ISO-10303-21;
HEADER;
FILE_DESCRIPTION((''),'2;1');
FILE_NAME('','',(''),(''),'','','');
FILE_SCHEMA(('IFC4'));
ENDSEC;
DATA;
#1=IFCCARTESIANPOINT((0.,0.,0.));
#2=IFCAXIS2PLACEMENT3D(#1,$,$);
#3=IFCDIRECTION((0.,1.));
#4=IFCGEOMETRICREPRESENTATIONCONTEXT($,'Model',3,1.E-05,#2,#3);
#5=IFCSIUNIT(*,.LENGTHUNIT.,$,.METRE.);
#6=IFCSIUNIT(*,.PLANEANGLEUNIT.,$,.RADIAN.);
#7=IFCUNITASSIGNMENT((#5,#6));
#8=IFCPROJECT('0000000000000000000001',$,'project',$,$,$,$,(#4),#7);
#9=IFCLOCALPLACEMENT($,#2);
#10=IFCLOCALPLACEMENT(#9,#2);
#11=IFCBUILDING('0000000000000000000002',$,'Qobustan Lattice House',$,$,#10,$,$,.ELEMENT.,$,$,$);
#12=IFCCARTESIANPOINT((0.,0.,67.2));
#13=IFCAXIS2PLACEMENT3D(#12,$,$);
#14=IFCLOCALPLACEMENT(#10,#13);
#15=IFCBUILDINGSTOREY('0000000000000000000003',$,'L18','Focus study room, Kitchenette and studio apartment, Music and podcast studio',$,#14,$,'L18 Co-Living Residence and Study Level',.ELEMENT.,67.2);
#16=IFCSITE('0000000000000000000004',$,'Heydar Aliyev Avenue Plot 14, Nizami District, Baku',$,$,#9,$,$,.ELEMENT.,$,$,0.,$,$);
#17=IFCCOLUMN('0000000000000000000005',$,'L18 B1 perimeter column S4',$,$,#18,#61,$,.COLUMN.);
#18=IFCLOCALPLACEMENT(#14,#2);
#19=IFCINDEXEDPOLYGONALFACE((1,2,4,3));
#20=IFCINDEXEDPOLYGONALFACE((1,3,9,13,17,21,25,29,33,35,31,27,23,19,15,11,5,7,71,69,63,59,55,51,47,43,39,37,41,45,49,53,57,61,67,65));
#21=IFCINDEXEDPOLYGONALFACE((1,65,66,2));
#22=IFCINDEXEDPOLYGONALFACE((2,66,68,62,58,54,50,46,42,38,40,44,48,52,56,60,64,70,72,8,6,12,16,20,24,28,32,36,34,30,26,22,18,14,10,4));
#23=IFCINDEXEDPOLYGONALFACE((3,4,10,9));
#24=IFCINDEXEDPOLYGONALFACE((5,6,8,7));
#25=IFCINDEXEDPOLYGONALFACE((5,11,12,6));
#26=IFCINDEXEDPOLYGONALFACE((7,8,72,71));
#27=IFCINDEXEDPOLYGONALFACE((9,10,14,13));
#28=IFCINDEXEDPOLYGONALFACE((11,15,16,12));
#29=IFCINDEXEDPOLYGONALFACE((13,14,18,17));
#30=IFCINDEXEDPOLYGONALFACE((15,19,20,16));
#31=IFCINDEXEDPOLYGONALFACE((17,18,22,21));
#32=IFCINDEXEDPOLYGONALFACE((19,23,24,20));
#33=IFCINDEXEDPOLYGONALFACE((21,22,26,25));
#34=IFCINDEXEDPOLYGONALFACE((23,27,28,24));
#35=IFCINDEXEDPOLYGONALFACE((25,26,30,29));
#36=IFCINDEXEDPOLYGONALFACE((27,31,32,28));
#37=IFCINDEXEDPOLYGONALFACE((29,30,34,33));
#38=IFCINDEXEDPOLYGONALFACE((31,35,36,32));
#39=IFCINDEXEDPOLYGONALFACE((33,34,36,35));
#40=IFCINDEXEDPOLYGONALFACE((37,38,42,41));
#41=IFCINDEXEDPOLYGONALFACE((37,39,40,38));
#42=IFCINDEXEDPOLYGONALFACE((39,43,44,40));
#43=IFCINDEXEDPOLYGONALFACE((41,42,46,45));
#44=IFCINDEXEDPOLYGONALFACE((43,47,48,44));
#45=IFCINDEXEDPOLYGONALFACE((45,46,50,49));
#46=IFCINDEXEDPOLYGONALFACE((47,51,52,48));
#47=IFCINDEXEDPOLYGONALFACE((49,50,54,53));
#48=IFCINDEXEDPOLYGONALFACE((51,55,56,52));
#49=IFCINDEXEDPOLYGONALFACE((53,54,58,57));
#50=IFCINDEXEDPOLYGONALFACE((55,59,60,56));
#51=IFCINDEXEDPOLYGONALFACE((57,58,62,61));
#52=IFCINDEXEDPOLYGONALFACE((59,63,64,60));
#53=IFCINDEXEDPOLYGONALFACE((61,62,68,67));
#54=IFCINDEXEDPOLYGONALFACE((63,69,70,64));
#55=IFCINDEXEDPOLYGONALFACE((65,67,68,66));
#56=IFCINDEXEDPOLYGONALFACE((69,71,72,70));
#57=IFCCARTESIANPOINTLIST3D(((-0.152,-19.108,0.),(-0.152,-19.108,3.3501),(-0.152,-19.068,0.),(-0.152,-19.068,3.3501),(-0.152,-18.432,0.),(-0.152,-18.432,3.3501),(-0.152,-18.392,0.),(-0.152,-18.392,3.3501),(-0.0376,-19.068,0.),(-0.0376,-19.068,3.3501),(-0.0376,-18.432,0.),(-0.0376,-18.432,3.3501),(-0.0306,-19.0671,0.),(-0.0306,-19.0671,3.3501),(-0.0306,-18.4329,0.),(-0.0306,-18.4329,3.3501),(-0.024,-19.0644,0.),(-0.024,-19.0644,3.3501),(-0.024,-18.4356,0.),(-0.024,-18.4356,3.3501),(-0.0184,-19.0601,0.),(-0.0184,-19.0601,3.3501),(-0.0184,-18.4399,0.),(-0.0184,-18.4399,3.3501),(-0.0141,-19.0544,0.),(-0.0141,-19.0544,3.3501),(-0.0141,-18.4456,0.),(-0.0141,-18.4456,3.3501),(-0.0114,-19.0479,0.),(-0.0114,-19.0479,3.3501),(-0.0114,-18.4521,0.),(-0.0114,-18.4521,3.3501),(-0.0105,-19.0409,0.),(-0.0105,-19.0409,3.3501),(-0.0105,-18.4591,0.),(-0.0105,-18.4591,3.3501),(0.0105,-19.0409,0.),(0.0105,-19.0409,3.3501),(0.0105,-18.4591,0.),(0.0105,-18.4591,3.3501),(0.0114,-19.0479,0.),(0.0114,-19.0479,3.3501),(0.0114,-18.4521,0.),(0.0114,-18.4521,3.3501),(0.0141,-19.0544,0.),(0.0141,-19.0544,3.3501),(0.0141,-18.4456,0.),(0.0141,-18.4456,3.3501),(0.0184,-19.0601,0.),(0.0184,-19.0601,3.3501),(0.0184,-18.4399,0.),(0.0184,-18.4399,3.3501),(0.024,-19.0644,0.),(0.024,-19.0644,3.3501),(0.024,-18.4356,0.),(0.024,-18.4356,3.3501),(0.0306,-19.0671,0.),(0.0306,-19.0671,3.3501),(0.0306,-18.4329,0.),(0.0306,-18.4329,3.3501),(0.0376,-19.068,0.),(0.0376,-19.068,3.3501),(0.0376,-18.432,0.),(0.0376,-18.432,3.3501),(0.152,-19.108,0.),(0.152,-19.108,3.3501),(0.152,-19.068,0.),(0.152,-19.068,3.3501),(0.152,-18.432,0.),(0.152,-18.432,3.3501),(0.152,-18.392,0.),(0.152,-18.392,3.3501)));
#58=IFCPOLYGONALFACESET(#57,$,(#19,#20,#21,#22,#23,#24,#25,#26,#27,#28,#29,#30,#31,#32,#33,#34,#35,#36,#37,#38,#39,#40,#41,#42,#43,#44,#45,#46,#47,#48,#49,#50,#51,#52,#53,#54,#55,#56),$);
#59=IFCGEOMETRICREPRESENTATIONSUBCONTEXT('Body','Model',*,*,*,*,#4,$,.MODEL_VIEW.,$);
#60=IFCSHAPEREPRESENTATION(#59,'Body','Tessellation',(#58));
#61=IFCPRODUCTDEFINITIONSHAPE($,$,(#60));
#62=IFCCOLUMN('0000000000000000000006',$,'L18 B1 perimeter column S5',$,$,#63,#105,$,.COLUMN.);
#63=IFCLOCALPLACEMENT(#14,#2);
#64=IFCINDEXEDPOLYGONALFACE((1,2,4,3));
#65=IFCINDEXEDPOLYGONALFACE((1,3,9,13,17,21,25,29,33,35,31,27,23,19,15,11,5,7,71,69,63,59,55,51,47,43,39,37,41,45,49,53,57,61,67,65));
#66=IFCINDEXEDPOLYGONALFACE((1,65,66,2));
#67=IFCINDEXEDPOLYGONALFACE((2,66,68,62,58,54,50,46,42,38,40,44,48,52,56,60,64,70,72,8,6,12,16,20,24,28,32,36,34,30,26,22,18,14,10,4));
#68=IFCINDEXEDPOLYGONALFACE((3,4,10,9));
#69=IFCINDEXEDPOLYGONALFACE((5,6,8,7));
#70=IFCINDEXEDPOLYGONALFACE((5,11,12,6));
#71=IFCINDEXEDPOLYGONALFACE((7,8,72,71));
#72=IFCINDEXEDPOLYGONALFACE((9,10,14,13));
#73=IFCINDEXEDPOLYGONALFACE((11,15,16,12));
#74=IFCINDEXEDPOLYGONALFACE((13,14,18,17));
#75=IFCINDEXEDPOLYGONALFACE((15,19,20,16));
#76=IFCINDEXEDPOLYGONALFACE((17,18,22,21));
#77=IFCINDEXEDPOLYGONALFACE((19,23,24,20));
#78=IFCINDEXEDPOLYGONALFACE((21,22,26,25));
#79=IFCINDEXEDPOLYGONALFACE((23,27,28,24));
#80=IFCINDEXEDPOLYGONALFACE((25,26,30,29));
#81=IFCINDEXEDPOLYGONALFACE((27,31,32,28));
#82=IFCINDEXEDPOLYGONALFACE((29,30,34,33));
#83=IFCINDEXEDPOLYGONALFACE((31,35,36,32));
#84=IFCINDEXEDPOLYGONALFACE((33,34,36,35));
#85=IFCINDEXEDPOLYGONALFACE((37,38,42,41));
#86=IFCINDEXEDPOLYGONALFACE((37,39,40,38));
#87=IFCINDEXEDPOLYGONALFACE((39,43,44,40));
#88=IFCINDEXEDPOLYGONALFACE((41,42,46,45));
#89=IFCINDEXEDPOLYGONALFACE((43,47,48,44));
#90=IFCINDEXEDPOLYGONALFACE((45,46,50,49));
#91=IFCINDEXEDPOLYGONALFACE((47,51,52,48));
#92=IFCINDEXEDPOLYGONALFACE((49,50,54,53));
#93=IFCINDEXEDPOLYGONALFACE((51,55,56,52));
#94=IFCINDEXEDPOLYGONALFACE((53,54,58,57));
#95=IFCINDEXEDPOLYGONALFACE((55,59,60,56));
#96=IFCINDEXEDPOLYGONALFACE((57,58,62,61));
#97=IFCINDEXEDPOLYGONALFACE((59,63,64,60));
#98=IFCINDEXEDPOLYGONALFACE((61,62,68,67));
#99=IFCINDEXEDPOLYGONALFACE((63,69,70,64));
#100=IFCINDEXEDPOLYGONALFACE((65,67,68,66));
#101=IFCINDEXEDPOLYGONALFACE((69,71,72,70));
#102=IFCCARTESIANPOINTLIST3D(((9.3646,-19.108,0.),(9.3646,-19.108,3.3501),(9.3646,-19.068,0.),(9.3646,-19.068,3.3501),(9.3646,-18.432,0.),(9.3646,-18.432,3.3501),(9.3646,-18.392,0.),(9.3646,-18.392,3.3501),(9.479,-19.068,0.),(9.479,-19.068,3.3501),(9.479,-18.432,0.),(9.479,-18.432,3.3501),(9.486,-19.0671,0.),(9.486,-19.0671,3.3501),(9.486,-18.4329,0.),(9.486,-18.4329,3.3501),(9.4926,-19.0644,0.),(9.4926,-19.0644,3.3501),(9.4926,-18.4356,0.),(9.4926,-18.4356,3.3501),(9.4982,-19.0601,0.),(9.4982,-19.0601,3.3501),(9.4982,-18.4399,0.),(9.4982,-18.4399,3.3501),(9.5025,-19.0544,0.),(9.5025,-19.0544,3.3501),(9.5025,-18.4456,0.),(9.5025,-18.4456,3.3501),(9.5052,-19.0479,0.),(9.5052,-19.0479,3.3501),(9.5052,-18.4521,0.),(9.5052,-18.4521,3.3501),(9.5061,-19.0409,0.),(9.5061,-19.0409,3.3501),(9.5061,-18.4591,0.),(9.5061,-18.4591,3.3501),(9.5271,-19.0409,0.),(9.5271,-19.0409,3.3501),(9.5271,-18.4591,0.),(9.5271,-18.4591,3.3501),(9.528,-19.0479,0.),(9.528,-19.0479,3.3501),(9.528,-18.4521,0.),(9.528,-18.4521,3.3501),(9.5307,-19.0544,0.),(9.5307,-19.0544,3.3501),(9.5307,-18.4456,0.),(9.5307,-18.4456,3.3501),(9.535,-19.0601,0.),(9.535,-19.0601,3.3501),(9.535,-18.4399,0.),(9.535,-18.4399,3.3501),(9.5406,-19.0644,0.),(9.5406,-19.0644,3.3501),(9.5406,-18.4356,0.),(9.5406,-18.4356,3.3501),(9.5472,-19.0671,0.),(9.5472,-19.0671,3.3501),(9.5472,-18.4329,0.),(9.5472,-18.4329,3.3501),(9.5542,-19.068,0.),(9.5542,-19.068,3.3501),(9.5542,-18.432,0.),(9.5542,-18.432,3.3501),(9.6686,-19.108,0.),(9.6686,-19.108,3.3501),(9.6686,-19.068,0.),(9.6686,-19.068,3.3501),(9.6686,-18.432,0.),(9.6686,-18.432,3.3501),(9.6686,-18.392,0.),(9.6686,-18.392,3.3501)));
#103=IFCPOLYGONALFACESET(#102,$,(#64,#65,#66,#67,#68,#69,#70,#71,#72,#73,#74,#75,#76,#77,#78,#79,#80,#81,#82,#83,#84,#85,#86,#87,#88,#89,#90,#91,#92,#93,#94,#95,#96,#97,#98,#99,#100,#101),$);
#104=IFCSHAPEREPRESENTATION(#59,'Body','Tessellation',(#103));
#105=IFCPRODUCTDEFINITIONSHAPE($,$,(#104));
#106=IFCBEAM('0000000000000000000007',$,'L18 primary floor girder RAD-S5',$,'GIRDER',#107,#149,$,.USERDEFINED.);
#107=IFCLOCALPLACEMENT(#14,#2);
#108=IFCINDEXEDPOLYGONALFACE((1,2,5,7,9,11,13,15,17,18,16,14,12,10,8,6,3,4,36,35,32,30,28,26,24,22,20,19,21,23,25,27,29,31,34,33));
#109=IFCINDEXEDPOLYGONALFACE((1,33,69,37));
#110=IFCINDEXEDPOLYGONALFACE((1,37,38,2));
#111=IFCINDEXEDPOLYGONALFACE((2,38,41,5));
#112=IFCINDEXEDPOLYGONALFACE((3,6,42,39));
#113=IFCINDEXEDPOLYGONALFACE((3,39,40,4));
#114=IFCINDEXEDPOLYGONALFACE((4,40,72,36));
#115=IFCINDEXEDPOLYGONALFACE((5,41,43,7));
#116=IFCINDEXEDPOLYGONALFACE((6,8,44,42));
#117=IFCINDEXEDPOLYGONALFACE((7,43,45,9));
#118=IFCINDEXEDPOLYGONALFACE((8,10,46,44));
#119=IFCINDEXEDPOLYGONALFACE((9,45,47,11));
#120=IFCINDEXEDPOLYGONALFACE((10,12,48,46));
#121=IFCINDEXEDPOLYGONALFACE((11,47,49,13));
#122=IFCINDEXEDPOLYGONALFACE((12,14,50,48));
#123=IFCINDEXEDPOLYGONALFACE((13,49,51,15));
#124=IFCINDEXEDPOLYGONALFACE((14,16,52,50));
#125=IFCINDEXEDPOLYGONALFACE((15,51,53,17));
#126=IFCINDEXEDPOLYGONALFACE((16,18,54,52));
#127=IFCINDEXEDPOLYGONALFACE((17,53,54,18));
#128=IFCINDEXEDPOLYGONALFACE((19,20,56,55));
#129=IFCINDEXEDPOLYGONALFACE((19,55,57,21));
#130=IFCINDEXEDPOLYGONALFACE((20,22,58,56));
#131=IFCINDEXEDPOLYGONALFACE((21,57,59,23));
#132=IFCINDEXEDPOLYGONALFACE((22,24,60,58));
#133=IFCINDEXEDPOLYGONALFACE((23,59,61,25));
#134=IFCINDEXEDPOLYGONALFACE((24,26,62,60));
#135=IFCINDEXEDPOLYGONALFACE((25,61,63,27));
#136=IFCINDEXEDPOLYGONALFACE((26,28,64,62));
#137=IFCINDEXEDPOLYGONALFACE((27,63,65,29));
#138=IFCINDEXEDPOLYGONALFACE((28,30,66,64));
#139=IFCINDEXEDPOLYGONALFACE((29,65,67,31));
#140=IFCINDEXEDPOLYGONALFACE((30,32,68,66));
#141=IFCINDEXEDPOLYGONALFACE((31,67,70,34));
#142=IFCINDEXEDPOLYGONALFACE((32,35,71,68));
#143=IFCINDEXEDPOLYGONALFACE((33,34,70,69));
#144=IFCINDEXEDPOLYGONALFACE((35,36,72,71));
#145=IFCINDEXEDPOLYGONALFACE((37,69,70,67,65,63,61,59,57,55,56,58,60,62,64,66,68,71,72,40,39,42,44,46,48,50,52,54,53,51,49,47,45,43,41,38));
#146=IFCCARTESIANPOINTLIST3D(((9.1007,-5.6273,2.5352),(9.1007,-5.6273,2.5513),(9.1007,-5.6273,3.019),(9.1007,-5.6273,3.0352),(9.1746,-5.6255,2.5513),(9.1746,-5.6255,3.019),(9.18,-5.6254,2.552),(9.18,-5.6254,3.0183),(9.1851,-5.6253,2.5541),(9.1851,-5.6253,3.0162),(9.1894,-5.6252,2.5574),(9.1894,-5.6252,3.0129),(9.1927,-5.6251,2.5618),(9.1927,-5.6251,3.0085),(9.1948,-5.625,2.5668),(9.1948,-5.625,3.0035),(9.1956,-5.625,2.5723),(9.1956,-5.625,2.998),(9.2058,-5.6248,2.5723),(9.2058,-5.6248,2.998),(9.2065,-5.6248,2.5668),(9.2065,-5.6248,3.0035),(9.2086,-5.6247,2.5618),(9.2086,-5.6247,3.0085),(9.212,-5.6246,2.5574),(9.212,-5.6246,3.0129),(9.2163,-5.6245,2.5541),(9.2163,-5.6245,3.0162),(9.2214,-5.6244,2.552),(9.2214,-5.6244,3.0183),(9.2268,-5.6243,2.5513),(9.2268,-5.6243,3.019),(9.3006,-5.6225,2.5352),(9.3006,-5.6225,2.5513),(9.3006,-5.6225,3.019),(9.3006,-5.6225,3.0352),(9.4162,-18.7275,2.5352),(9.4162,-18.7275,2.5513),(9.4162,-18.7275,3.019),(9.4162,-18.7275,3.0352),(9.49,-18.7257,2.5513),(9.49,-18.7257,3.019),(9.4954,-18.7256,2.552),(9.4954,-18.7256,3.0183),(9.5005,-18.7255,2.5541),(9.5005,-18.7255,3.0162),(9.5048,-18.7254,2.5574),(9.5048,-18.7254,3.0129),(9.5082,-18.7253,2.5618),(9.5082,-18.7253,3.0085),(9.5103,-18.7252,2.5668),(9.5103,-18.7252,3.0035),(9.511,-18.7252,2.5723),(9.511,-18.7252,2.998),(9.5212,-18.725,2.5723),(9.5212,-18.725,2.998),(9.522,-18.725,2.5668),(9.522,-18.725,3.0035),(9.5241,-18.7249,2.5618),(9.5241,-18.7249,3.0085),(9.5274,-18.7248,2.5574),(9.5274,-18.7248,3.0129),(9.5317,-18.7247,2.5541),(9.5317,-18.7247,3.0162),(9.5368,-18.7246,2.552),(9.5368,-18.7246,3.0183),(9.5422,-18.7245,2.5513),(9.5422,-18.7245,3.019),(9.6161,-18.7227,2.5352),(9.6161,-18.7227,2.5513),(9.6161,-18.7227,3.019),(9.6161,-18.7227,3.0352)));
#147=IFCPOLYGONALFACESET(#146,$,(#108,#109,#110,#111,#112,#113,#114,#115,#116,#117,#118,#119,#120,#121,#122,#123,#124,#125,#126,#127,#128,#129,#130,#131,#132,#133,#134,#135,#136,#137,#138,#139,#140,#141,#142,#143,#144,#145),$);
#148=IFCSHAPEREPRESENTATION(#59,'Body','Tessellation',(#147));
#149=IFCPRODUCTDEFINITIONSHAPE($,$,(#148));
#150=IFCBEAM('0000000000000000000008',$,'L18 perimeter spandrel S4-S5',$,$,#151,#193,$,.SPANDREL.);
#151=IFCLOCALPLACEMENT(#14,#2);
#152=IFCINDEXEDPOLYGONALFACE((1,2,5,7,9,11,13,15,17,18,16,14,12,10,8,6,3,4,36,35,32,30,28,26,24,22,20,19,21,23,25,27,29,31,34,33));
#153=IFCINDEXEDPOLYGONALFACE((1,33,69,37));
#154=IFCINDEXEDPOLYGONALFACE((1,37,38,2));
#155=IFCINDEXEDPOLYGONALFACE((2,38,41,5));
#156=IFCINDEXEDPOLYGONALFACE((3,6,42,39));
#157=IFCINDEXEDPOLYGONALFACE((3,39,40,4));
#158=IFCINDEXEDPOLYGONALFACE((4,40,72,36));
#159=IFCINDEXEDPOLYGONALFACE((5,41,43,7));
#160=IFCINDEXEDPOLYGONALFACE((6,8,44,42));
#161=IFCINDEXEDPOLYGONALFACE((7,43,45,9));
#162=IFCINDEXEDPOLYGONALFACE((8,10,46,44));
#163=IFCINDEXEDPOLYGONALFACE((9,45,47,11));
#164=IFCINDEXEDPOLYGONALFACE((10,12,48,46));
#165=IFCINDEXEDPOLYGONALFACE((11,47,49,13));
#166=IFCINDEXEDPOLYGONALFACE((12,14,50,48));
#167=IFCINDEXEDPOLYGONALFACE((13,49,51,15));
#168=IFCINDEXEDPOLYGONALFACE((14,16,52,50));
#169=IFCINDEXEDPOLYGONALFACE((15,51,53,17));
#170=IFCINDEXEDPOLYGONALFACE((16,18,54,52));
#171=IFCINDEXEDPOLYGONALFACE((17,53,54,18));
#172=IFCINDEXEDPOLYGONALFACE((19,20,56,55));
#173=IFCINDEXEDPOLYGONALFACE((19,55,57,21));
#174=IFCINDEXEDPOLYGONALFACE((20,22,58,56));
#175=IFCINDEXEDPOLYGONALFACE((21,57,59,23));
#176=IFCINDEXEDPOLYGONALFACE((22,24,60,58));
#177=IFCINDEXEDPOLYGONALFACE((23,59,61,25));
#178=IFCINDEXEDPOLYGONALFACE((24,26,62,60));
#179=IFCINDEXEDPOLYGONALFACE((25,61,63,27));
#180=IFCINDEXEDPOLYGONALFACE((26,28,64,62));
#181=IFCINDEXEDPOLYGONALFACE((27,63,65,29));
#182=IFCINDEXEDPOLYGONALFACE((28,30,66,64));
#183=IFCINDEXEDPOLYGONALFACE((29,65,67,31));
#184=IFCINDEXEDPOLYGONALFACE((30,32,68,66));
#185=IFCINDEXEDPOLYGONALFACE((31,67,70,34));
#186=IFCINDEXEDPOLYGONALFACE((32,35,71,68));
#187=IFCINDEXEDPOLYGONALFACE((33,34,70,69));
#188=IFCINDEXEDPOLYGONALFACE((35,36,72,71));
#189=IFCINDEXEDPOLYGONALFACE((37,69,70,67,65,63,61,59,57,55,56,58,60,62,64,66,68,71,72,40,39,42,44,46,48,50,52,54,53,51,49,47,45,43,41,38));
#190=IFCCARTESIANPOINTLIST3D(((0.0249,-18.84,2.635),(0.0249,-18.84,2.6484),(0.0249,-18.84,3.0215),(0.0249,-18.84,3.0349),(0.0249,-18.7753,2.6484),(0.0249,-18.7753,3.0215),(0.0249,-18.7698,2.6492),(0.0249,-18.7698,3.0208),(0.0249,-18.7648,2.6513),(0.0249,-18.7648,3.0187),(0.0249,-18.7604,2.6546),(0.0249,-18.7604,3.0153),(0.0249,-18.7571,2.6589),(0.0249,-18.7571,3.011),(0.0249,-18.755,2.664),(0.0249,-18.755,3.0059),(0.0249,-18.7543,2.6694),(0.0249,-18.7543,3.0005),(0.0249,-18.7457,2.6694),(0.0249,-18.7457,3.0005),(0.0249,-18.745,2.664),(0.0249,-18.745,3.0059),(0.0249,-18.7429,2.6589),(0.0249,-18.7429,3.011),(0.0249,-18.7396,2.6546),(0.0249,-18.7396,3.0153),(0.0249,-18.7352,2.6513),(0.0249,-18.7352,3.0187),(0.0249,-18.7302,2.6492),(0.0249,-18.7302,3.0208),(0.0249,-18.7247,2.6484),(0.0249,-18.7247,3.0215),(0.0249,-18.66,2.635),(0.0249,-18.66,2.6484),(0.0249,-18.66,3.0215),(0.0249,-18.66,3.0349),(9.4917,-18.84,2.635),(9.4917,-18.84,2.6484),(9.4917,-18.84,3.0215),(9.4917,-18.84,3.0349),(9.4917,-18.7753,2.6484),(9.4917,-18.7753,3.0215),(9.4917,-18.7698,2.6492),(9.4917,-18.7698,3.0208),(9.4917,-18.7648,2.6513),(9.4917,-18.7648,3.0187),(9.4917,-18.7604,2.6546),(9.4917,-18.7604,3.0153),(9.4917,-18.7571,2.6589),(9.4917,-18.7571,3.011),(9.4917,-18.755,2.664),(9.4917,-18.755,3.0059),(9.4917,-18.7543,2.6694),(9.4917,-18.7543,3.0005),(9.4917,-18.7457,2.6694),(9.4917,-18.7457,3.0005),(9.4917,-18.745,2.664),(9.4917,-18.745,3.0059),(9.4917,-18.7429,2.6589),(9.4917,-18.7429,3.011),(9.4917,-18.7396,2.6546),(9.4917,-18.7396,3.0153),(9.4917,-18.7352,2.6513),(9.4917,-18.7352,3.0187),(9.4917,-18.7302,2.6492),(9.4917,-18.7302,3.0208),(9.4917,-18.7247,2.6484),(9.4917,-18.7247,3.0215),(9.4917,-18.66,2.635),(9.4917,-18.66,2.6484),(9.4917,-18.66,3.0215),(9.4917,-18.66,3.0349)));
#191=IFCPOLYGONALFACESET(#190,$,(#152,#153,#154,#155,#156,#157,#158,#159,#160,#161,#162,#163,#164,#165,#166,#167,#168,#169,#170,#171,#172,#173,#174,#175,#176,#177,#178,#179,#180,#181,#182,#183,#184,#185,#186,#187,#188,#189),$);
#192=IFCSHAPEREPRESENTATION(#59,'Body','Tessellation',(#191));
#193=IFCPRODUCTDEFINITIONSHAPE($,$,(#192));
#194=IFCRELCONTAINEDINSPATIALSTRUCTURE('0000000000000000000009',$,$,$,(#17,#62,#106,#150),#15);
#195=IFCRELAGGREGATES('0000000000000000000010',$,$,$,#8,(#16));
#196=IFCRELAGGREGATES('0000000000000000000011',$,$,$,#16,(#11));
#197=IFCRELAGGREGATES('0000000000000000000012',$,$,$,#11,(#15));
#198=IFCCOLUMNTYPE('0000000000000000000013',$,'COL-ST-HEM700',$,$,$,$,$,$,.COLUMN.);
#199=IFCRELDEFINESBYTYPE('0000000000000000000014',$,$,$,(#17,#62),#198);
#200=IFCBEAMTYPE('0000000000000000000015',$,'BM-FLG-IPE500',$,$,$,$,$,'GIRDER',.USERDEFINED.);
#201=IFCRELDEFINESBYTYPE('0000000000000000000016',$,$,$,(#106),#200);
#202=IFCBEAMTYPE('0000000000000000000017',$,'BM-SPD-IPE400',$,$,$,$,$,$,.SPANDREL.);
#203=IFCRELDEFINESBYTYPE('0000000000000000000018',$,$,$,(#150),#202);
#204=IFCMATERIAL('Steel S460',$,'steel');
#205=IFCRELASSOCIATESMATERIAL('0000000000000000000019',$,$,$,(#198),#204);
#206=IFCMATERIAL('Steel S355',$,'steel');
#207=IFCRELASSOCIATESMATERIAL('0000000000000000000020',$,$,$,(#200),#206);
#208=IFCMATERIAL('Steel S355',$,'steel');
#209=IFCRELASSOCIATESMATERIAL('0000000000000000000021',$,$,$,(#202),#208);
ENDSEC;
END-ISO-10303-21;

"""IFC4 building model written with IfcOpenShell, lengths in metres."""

from ifc_helpers import new_model, si_unit, direction, frame, origin, origin_2d, place, context, subcontext, project, spatial, i_section, extrude, material, material_profile, profile_set, type_object, element, save


model = new_model("IFC4")

# Units and contexts
model_context = context("Model", 3, precision=1e-05, world=origin(), true_north=direction((0.0, 1.0)))
body_context = subcontext(model_context, "Body", "Model", "MODEL_VIEW")
ifc_project = project(units=[si_unit("LENGTHUNIT", "METRE"), si_unit("PLANEANGLEUNIT", "RADIAN")], contexts=[model_context])

# Site, building, storey
site_placement = place(None, origin())
site = spatial("IfcSite", under=ifc_project, at=site_placement, Name="Heydar Aliyev Avenue Plot 14, Nizami District, Baku", CompositionType="ELEMENT", RefElevation=0.0)
building_placement = place(site_placement, origin())
building = spatial("IfcBuilding", under=site, at=building_placement, Name="Qobustan Lattice House", CompositionType="ELEMENT")
storey_placement = place(building_placement, frame((0.0, 0.0, 67.2)))
storey = spatial("IfcBuildingStorey", under=building, at=storey_placement, Name="L18", Description="Focus study room, Kitchenette and studio apartment, Music and podcast studio", LongName="L18 Co-Living Residence and Study Level", CompositionType="ELEMENT", Elevation=67.2)

# Columns
ifc_material_1 = material(Name="Steel S460", Category="steel")
ifc_material_profile_1 = material_profile(ifc_material_1, i_section(OverallWidth=0.304, OverallDepth=0.7161, WebThickness=0.021, FlangeThickness=0.04, FilletRadius=0.0271, at=origin_2d()), Name="HEM700")
ifc_profile_set_1 = profile_set([ifc_material_profile_1], Name="Steel S460")
column_type = type_object("IfcColumnType", Name="COL-ST-HEM700", PredefinedType="COLUMN", material=ifc_profile_set_1)
for number, where, z_axis, x_axis, name in (
    (1, (0.0, -18.75, 0.0), (0.0, 0.0, 1.0), (1.0, 0.0, 0.0), "L18 B1 perimeter column S4"),
    (2, (9.5166, -18.75, 0.0), (0.0, 0.0, 1.0), (1.0, 0.0, 0.0), "L18 B1 perimeter column S5"),
):
    element("IfcColumn", number, at=place(storey_placement, frame(where, z_axis=z_axis, x_axis=x_axis)), inside=storey, type_object=column_type, Name=name, PredefinedType="COLUMN", context=body_context, shape_type="SweptSolid", body=[
        extrude(i_section(OverallWidth=0.304, OverallDepth=0.7161, WebThickness=0.021, FlangeThickness=0.04, FilletRadius=0.0271, at=origin_2d()), origin(), (0.0, 0.0, 1.0), 3.3501),
    ])

# Beams
ifc_material_2 = material(Name="Steel S355", Category="steel")
ifc_material_profile_2 = material_profile(ifc_material_2, i_section(OverallWidth=0.2, OverallDepth=0.5, WebThickness=0.0103, FlangeThickness=0.0161, FilletRadius=0.021, at=origin_2d()), Name="IPE500")
ifc_profile_set_2 = profile_set([ifc_material_profile_2], Name="Steel S355")
beam_type_1 = type_object("IfcBeamType", Name="BM-FLG-IPE500", ElementType="GIRDER", PredefinedType="USERDEFINED", material=ifc_profile_set_2)
beam_1_placement = place(storey_placement, frame((9.5161, -18.7251, 2.7852), z_axis=(-0.024071, 0.99971, 0.0), x_axis=(-0.99971, -0.024071, 0.0)))
element("IfcBeam", 3, at=beam_1_placement, inside=storey, type_object=beam_type_1, Name="L18 primary floor girder RAD-S5", ObjectType="GIRDER", PredefinedType="USERDEFINED", context=body_context, shape_type="SweptSolid", body=[
    extrude(i_section(OverallWidth=0.2, OverallDepth=0.5, WebThickness=0.0103, FlangeThickness=0.0161, FilletRadius=0.021, at=origin_2d()), origin(), (0.0, 0.0, 1.0), 13.104),
])
ifc_material_3 = material(Name="Steel S355", Category="steel")
ifc_material_profile_3 = material_profile(ifc_material_3, i_section(OverallWidth=0.1799, OverallDepth=0.3999, WebThickness=0.0085, FlangeThickness=0.0134, FilletRadius=0.021, at=origin_2d()), Name="IPE400")
ifc_profile_set_3 = profile_set([ifc_material_profile_3], Name="Steel S355")
beam_type_2 = type_object("IfcBeamType", Name="BM-SPD-IPE400", PredefinedType="SPANDREL", material=ifc_profile_set_3)
beam_2_placement = place(storey_placement, frame((0.0249, -18.75, 2.835), z_axis=(1.0, 0.0, 0.0), x_axis=(0.0, 1.0, 0.0)))
element("IfcBeam", 4, at=beam_2_placement, inside=storey, type_object=beam_type_2, Name="L18 perimeter spandrel S4-S5", PredefinedType="SPANDREL", context=body_context, shape_type="SweptSolid", body=[
    extrude(i_section(OverallWidth=0.1799, OverallDepth=0.3999, WebThickness=0.0085, FlangeThickness=0.0134, FilletRadius=0.021, at=origin_2d()), origin(), (0.0, 0.0, 1.0), 9.4668),
])

save(model, "model.ifc")
